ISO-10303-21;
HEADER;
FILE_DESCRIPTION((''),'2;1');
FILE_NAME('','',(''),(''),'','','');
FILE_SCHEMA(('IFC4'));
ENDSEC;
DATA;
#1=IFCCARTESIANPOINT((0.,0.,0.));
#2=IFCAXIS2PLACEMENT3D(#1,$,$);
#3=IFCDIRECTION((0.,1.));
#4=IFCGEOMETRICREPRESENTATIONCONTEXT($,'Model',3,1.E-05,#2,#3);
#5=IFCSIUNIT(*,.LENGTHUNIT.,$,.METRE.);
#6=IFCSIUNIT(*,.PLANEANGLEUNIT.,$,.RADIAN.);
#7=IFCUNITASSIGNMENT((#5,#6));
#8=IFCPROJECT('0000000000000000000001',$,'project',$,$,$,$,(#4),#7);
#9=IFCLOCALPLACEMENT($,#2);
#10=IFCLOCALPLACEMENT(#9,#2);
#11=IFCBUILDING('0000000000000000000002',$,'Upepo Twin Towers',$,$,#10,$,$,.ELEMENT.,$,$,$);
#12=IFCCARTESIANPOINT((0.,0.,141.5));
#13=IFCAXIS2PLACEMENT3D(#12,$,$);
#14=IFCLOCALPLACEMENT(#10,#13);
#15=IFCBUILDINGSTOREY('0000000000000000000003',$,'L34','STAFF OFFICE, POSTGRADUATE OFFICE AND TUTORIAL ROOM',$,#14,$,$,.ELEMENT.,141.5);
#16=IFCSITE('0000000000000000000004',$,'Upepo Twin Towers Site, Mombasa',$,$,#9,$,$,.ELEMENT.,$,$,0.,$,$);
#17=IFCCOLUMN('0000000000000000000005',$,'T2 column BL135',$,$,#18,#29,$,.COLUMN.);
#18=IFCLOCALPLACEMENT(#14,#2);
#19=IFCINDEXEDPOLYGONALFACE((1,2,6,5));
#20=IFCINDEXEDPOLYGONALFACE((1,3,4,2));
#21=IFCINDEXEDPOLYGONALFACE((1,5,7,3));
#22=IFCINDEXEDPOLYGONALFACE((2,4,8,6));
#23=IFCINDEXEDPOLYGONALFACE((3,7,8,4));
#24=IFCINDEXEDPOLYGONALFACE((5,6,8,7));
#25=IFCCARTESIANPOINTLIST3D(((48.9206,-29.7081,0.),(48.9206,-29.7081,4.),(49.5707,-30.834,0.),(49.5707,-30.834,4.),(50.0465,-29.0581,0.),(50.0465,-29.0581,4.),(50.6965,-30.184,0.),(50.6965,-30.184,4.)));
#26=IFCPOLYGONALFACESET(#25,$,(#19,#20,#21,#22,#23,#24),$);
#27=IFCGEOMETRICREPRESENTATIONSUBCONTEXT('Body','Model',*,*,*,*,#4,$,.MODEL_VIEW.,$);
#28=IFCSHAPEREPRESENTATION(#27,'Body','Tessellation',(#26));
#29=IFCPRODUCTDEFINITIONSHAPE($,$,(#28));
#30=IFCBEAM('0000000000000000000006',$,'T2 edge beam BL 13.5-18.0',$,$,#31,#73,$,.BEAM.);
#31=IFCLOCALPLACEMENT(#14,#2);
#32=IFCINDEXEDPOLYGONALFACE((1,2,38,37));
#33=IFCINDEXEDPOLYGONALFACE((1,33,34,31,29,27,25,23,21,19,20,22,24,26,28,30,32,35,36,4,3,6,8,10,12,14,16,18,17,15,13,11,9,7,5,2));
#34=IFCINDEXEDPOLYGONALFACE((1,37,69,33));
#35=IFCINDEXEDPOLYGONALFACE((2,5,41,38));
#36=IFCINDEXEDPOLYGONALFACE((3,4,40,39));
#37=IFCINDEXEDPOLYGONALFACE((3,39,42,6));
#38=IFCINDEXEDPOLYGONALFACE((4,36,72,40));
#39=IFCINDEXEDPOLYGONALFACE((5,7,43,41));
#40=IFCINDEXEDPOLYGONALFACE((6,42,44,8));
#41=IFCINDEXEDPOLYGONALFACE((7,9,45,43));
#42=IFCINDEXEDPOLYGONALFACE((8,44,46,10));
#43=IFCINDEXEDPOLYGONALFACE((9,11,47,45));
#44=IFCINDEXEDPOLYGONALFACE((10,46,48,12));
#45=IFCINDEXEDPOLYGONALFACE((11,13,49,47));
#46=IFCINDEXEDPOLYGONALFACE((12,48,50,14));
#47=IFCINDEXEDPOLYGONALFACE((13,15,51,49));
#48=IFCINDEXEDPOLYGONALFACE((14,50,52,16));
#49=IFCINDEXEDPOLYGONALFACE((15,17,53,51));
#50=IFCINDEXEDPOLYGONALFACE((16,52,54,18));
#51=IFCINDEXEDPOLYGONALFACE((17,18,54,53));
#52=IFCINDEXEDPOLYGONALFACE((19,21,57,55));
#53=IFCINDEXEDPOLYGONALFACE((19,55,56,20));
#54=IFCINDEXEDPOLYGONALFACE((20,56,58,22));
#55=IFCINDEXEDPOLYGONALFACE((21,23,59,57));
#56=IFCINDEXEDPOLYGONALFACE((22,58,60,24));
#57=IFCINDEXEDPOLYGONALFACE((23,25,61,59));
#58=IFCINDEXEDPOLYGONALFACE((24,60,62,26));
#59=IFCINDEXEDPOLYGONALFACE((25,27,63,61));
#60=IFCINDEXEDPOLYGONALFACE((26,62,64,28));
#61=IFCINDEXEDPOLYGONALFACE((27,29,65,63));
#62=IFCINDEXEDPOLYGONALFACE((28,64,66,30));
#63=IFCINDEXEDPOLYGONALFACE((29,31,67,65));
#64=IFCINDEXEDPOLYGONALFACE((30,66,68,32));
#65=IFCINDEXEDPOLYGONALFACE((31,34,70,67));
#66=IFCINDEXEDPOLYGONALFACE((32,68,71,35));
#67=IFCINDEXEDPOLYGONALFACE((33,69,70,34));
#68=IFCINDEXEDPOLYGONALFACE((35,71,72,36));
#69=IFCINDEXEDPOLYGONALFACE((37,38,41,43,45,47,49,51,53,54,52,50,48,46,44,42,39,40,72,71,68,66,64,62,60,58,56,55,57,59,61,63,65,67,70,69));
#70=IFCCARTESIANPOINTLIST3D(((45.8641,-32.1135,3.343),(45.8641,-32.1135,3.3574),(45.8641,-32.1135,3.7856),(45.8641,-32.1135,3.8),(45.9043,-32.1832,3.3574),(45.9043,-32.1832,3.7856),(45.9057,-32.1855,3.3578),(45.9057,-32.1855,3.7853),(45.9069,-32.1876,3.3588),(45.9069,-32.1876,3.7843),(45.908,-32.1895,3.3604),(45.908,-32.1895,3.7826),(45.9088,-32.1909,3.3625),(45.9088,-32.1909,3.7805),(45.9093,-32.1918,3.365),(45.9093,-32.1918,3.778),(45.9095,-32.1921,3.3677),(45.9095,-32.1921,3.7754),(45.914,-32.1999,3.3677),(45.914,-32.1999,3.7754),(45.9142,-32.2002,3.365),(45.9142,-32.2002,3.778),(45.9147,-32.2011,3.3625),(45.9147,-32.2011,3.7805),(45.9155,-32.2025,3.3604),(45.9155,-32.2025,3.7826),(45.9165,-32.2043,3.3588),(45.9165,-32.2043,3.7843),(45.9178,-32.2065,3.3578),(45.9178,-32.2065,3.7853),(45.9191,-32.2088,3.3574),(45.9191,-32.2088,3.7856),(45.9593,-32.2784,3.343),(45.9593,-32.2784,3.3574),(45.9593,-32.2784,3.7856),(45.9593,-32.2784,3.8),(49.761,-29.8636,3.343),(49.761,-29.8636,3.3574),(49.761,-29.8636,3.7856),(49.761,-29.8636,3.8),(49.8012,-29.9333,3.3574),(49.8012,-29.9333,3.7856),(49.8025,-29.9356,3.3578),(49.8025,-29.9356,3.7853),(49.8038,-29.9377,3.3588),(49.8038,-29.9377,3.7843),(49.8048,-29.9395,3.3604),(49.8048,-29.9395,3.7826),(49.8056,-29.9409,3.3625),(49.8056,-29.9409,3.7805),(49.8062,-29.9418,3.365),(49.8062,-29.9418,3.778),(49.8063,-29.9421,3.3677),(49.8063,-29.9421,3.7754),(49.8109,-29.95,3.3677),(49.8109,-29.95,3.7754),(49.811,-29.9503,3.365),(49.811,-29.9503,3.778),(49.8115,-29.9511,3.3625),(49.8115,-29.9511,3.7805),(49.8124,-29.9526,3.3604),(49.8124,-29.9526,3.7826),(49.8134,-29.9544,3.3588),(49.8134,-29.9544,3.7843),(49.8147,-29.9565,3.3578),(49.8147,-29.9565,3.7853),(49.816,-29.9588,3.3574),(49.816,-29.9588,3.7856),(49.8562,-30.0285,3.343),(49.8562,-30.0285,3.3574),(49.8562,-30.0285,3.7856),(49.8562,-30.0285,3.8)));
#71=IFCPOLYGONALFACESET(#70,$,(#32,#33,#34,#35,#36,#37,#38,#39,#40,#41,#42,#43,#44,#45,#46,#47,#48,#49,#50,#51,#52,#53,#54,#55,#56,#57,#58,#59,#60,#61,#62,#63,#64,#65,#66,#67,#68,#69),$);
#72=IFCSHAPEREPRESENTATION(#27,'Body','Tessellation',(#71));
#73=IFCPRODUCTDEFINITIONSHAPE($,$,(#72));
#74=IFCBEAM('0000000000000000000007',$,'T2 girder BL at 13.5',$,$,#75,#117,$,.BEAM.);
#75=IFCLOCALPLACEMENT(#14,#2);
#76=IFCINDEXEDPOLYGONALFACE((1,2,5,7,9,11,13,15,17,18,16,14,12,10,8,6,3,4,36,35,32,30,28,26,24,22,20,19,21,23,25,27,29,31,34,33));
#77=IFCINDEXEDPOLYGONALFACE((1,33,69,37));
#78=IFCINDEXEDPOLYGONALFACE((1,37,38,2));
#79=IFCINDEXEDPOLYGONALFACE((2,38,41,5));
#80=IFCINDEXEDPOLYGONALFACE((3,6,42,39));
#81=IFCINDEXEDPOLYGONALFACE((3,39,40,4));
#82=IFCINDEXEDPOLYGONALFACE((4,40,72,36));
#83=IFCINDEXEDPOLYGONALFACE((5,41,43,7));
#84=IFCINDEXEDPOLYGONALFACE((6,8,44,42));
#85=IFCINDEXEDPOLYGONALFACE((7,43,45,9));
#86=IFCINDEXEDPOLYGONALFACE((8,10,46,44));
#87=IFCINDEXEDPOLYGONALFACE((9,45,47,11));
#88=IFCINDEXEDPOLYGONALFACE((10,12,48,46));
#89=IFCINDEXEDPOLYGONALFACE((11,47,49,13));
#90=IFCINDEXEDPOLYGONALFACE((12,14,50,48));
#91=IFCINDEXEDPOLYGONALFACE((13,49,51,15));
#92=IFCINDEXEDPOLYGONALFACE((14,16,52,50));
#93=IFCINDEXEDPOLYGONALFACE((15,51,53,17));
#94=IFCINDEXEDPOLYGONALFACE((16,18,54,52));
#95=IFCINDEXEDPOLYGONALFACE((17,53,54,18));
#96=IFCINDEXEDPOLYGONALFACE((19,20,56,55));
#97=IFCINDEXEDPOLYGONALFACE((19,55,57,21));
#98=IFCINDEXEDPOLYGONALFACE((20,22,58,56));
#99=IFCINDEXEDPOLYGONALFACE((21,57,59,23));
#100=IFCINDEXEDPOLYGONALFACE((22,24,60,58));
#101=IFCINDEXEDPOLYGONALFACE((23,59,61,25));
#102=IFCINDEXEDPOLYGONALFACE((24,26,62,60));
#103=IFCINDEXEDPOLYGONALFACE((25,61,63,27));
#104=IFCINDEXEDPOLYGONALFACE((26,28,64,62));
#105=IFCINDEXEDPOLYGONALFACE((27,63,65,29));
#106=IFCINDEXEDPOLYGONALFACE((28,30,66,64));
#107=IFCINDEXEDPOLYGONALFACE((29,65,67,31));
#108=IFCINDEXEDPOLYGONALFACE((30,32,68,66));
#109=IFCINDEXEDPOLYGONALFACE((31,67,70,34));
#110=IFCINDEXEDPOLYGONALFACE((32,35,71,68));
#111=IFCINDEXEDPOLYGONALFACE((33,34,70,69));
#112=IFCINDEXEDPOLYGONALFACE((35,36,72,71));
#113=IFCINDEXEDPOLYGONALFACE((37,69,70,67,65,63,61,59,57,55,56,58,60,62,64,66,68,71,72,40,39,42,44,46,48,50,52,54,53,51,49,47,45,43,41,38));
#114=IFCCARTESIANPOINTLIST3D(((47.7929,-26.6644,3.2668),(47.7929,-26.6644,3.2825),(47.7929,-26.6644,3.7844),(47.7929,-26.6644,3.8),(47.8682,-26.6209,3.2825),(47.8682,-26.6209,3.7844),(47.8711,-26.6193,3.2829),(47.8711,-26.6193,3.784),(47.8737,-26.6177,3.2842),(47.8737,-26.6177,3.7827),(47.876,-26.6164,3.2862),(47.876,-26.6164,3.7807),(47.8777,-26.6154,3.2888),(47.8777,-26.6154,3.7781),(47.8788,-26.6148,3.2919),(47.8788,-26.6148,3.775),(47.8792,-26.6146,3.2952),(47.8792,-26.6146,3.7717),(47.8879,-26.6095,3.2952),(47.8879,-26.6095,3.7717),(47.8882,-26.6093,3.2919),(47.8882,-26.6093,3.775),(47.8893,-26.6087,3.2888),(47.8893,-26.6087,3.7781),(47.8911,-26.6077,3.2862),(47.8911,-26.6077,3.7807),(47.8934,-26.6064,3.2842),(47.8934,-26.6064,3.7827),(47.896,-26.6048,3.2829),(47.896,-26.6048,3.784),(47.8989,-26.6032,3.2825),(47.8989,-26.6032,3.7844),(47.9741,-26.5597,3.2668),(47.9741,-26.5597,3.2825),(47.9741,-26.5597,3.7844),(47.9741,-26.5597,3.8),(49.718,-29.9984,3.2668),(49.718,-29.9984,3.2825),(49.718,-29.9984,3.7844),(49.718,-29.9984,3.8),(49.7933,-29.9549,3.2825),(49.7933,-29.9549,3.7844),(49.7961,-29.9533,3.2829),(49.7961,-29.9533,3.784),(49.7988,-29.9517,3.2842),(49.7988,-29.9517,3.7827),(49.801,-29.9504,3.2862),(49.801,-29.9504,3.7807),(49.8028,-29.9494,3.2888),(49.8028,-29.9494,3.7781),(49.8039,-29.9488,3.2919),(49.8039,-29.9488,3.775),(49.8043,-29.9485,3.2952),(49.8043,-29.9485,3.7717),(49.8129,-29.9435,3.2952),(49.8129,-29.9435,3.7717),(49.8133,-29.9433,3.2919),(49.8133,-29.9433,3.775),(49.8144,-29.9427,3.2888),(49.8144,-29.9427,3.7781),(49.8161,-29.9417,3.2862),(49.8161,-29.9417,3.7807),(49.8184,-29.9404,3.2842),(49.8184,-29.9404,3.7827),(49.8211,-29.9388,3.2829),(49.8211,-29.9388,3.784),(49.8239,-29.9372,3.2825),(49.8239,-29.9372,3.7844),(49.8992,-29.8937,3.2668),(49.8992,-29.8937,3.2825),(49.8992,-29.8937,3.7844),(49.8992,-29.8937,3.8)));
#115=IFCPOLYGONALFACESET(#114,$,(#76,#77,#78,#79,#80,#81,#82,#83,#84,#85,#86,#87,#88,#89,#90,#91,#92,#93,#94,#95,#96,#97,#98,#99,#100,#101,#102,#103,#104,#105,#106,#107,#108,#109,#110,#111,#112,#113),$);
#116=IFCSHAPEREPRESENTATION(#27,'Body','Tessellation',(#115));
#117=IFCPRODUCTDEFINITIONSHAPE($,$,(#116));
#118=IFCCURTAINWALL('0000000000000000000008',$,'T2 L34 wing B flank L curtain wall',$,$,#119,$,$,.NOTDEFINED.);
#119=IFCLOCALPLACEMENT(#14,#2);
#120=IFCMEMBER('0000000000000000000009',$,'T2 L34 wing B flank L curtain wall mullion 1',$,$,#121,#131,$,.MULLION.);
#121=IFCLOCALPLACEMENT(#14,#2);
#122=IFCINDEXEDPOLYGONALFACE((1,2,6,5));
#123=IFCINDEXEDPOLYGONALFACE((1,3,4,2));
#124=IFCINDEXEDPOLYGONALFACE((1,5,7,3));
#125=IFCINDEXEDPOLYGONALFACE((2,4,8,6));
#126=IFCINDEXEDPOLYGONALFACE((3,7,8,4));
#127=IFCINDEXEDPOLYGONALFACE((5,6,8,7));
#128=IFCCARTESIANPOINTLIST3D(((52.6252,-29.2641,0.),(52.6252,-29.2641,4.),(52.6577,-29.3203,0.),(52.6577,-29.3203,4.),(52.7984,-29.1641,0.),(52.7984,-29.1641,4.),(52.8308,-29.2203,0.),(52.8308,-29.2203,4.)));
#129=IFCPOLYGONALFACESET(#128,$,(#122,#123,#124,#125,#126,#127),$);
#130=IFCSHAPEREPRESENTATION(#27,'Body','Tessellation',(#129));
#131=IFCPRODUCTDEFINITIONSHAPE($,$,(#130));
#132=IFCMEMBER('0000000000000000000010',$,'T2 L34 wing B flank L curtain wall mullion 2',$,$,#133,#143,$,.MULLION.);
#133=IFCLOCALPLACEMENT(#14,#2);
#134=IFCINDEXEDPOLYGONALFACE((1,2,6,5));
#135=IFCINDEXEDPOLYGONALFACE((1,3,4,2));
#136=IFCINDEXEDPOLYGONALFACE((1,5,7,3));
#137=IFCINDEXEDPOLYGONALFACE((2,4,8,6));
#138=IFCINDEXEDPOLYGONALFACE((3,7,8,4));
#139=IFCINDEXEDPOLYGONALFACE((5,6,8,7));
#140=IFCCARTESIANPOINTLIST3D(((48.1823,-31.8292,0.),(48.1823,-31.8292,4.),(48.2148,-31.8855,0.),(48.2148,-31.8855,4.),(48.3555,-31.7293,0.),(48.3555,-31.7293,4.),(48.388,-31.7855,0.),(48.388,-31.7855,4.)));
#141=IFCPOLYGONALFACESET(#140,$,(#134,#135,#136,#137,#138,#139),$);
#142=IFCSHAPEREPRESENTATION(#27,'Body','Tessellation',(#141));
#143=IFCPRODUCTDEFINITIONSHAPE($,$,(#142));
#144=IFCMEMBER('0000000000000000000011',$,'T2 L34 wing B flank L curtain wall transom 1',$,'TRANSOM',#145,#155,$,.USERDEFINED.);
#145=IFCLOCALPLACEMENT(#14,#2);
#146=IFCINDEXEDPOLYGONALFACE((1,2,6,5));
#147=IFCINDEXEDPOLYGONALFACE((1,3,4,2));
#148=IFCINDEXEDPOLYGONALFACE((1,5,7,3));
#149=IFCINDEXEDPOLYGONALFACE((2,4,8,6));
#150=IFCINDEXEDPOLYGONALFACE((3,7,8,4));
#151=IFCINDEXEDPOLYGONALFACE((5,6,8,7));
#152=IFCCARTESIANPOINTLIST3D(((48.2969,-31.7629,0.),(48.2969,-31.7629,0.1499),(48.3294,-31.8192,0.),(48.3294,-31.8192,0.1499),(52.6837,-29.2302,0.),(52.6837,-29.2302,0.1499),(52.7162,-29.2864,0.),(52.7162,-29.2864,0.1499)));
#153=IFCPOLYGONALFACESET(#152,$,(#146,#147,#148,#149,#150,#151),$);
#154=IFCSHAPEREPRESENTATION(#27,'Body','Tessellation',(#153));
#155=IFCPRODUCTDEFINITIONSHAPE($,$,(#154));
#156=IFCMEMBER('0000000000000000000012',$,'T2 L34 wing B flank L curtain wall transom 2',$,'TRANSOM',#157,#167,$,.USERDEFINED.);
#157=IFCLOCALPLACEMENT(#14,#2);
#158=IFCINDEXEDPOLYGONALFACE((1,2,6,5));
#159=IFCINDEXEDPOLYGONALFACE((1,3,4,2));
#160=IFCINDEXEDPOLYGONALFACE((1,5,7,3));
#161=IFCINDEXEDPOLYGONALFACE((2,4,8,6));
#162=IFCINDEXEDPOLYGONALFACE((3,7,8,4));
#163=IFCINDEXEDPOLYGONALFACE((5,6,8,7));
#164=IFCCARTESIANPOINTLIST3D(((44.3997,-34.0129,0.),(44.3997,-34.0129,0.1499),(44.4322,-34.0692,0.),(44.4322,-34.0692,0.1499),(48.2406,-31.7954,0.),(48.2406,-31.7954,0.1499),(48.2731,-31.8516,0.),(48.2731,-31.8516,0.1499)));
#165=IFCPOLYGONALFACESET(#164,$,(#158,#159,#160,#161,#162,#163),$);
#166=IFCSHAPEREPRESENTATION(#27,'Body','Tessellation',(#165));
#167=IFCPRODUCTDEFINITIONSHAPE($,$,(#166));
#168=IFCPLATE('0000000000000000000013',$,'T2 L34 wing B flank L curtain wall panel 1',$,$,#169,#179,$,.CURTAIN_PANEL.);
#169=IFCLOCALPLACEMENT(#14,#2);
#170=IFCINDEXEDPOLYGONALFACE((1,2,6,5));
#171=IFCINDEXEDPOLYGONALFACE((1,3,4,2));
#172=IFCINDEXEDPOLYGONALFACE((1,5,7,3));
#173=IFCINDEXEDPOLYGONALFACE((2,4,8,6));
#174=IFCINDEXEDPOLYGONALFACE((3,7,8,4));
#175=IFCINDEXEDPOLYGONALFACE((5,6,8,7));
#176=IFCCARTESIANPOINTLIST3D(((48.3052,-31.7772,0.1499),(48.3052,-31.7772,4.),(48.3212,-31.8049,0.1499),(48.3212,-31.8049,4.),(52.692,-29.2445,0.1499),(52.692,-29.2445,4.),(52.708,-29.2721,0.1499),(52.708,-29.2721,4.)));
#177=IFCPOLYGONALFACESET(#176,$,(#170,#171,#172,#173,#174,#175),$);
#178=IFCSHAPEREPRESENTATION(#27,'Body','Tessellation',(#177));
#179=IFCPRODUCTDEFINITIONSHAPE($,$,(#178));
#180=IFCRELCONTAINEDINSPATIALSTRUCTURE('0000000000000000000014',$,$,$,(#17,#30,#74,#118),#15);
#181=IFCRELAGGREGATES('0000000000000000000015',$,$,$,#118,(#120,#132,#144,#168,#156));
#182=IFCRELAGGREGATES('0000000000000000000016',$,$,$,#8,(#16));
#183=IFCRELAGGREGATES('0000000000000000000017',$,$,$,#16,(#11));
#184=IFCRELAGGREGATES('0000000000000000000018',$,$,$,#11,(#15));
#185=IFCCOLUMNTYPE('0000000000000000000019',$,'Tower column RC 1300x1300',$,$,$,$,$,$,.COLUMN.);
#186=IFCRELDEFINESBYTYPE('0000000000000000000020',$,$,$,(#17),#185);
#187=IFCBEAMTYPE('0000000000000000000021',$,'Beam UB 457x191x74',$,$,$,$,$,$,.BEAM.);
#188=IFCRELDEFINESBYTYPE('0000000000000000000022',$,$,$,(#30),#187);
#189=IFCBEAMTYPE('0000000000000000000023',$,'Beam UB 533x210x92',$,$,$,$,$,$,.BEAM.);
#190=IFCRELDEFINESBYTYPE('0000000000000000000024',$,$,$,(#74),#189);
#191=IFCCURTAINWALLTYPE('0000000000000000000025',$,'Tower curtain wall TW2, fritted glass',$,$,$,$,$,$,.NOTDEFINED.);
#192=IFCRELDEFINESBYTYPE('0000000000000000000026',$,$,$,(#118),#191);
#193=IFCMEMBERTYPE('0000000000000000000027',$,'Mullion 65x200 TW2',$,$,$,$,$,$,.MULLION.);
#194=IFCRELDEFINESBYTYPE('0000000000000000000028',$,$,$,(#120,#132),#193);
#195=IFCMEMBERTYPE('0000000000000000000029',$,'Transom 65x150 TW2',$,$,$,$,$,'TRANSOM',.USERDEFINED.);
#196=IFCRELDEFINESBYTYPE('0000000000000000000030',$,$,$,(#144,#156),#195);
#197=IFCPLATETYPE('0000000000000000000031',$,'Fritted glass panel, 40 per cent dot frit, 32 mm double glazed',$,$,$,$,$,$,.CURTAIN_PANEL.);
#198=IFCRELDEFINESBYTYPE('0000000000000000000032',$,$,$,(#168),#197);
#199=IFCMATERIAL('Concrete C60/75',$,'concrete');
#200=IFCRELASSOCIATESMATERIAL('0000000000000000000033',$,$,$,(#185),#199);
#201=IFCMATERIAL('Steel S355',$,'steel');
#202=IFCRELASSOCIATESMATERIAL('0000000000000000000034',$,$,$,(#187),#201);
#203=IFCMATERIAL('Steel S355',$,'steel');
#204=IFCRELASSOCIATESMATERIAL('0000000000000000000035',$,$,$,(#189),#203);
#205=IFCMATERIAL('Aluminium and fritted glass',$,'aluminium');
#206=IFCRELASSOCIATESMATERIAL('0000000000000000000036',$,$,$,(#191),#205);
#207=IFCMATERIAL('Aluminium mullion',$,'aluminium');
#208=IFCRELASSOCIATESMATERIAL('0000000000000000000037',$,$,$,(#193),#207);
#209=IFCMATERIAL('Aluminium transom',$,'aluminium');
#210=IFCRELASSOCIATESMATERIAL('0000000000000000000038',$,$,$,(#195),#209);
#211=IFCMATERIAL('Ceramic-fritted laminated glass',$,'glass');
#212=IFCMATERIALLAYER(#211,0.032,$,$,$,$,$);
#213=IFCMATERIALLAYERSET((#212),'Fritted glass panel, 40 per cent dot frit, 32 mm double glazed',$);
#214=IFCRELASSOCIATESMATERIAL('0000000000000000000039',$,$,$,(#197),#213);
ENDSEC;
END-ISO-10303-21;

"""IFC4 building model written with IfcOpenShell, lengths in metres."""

from ifc_helpers import new_model, si_unit, direction, frame, origin, origin_2d, place, context, subcontext, project, spatial, rectangle, i_section, extrude, material, layer, layer_set, material_profile, profile_set, type_object, element, aggregate, save


model = new_model("IFC4")

# Units and contexts
model_context = context("Model", 3, precision=1e-05, world=origin(), true_north=direction((0.0, 1.0)))
body_context = subcontext(model_context, "Body", "Model", "MODEL_VIEW")
ifc_project = project(units=[si_unit("LENGTHUNIT", "METRE"), si_unit("PLANEANGLEUNIT", "RADIAN")], contexts=[model_context])

# Site, building, storey
site_placement = place(None, origin())
site = spatial("IfcSite", under=ifc_project, at=site_placement, Name="Upepo Twin Towers Site, Mombasa", CompositionType="ELEMENT", RefElevation=0.0)
building_placement = place(site_placement, origin())
building = spatial("IfcBuilding", under=site, at=building_placement, Name="Upepo Twin Towers", CompositionType="ELEMENT")
storey_placement = place(building_placement, frame((0.0, 0.0, 141.5)))
storey = spatial("IfcBuildingStorey", under=building, at=storey_placement, Name="L34", Description="STAFF OFFICE, POSTGRADUATE OFFICE AND TUTORIAL ROOM", CompositionType="ELEMENT", Elevation=141.5)

# Column
ifc_material_1 = material(Name="Concrete C60/75", Category="concrete")
ifc_material_profile_1 = material_profile(ifc_material_1, rectangle(XDim=1.3, YDim=1.3, at=origin_2d()), Name="RC 1300x1300")
ifc_profile_set_1 = profile_set([ifc_material_profile_1], Name="Concrete C60/75")
column_type = type_object("IfcColumnType", Name="Tower column RC 1300x1300", PredefinedType="COLUMN", material=ifc_profile_set_1)
column_placement = place(storey_placement, frame((49.8086, -29.946, 0.0), z_axis=(0.0, 0.0, 1.0), x_axis=(0.866025, 0.5, 0.0)))
element("IfcColumn", 1, at=column_placement, inside=storey, type_object=column_type, Name="T2 column BL135", PredefinedType="COLUMN", context=body_context, shape_type="SweptSolid", body=[
    extrude(rectangle(XDim=1.3, YDim=1.3, at=origin_2d()), origin(), (0.0, 0.0, 1.0), 4.0),
])

# Beams
ifc_material_2 = material(Name="Steel S355", Category="steel")
ifc_material_profile_2 = material_profile(ifc_material_2, i_section(OverallWidth=0.1904, OverallDepth=0.457, WebThickness=0.009, FlangeThickness=0.0144, FilletRadius=0.0103, at=origin_2d()), Name="UB 457x191x74")
ifc_profile_set_2 = profile_set([ifc_material_profile_2], Name="Steel S355")
beam_type_1 = type_object("IfcBeamType", Name="Beam UB 457x191x74", PredefinedType="BEAM", material=ifc_profile_set_2)
beam_1_placement = place(storey_placement, frame((49.8086, -29.946, 3.5715), z_axis=(-0.866018, -0.500014, 0.0), x_axis=(0.500014, -0.866018, 0.0)))
element("IfcBeam", 2, at=beam_1_placement, inside=storey, type_object=beam_type_1, Name="T2 edge beam BL 13.5-18.0", PredefinedType="BEAM", context=body_context, shape_type="SweptSolid", body=[
    extrude(i_section(OverallWidth=0.1904, OverallDepth=0.457, WebThickness=0.009, FlangeThickness=0.0144, FilletRadius=0.0103, at=origin_2d()), origin(), (0.0, 0.0, 1.0), 4.4998),
])
ifc_material_3 = material(Name="Steel S355", Category="steel")
ifc_material_profile_3 = material_profile(ifc_material_3, i_section(OverallWidth=0.2092, OverallDepth=0.5332, WebThickness=0.01, FlangeThickness=0.0156, FilletRadius=0.0127, at=origin_2d()), Name="UB 533x210x92")
ifc_profile_set_3 = profile_set([ifc_material_profile_3], Name="Steel S355")
beam_type_2 = type_object("IfcBeamType", Name="Beam UB 533x210x92", PredefinedType="BEAM", material=ifc_profile_set_3)
beam_2_placement = place(storey_placement, frame((49.8086, -29.946, 3.5334), z_axis=(-0.500034, 0.866006, 0.0), x_axis=(-0.866006, -0.500034, 0.0)))
element("IfcBeam", 3, at=beam_2_placement, inside=storey, type_object=beam_type_2, Name="T2 girder BL at 13.5", PredefinedType="BEAM", context=body_context, shape_type="SweptSolid", body=[
    extrude(i_section(OverallWidth=0.2092, OverallDepth=0.5332, WebThickness=0.01, FlangeThickness=0.0156, FilletRadius=0.0127, at=origin_2d()), origin(), (0.0, 0.0, 1.0), 3.8499),
])

# Curtain wall, members, plate
ifc_material_4 = material(Name="Aluminium and fritted glass", Category="aluminium")
curtain_wall_type = type_object("IfcCurtainWallType", Name="Tower curtain wall TW2, fritted glass", PredefinedType="NOTDEFINED", material=ifc_material_4)
curtain_wall_placement = place(storey_placement, origin())
curtain_wall = element("IfcCurtainWall", 4, at=curtain_wall_placement, inside=storey, type_object=curtain_wall_type, Name="T2 L34 wing B flank L curtain wall", PredefinedType="NOTDEFINED")
ifc_material_5 = material(Name="Aluminium mullion", Category="aluminium")
ifc_material_profile_4 = material_profile(ifc_material_5, rectangle(XDim=0.0649, YDim=0.2, at=origin_2d()), Name="MULLION 65x200")
ifc_profile_set_4 = profile_set([ifc_material_profile_4], Name="Aluminium mullion")
member_type_1 = type_object("IfcMemberType", Name="Mullion 65x200 TW2", PredefinedType="MULLION", material=ifc_profile_set_4)
member_1_placement = place(storey_placement, frame((52.728, -29.2422, 0.0), z_axis=(0.0, 0.0, 1.0), x_axis=(0.5, -0.866025, 0.0)))
member_1 = element("IfcMember", 5, at=member_1_placement, type_object=member_type_1, Name="T2 L34 wing B flank L curtain wall mullion 1", PredefinedType="MULLION", context=body_context, shape_type="SweptSolid", body=[
    extrude(rectangle(XDim=0.0649, YDim=0.2, at=origin_2d()), origin(), (0.0, 0.0, 1.0), 4.0),
])
member_2_placement = place(storey_placement, frame((48.2852, -31.8074, 0.0), z_axis=(0.0, 0.0, 1.0), x_axis=(0.5, -0.866025, 0.0)))
member_2 = element("IfcMember", 6, at=member_2_placement, type_object=member_type_1, Name="T2 L34 wing B flank L curtain wall mullion 2", PredefinedType="MULLION", context=body_context, shape_type="SweptSolid", body=[
    extrude(rectangle(XDim=0.0649, YDim=0.2, at=origin_2d()), origin(), (0.0, 0.0, 1.0), 4.0),
])
ifc_material_6 = material(Name="Aluminium transom", Category="aluminium")
ifc_material_profile_5 = material_profile(ifc_material_6, rectangle(XDim=0.0649, YDim=0.1499, at=origin_2d()), Name="TRANSOM 65x150")
ifc_profile_set_5 = profile_set([ifc_material_profile_5], Name="Aluminium transom")
member_type_2 = type_object("IfcMemberType", Name="Transom 65x150 TW2", ElementType="TRANSOM", PredefinedType="USERDEFINED", material=ifc_profile_set_5)
member_3_placement = place(storey_placement, frame((52.7, -29.2583, 0.075), z_axis=(-0.866022, -0.500006, 0.0), x_axis=(0.500006, -0.866022, 0.0)))
member_3 = element("IfcMember", 7, at=member_3_placement, type_object=member_type_2, Name="T2 L34 wing B flank L curtain wall transom 1", ObjectType="TRANSOM", PredefinedType="USERDEFINED", context=body_context, shape_type="SweptSolid", body=[
    extrude(rectangle(XDim=0.0649, YDim=0.1499, at=origin_2d()), origin(), (0.0, 0.0, 1.0), 5.0654),
])
member_4_placement = place(storey_placement, frame((48.2568, -31.8235, 0.075), z_axis=(-0.866022, -0.500005, 0.0), x_axis=(0.500005, -0.866022, 0.0)))
member_4 = element("IfcMember", 8, at=member_4_placement, type_object=member_type_2, Name="T2 L34 wing B flank L curtain wall transom 2", ObjectType="TRANSOM", PredefinedType="USERDEFINED", context=body_context, shape_type="SweptSolid", body=[
    extrude(rectangle(XDim=0.0649, YDim=0.1499, at=origin_2d()), origin(), (0.0, 0.0, 1.0), 4.4351),
])
ifc_material_7 = material(Name="Ceramic-fritted laminated glass", Category="glass")
ifc_layer_1 = layer(ifc_material_7, 0.032)
ifc_layer_set_1 = layer_set([ifc_layer_1], Name="Fritted glass panel, 40 per cent dot frit, 32 mm double glazed")
plate_type = type_object("IfcPlateType", Name="Fritted glass panel, 40 per cent dot frit, 32 mm double glazed", PredefinedType="CURTAIN_PANEL", material=ifc_layer_set_1)
plate_1_placement = place(storey_placement, frame((50.5066, -30.5247, 0.1499), z_axis=(0.0, 0.0, 1.0), x_axis=(-0.866025, -0.5, 0.0)))
plate_1 = element("IfcPlate", 9, at=plate_1_placement, type_object=plate_type, Name="T2 L34 wing B flank L curtain wall panel 1", PredefinedType="CURTAIN_PANEL", context=body_context, shape_type="SweptSolid", body=[
    extrude(rectangle(XDim=5.0654, YDim=0.032, at=origin_2d()), origin(), (0.0, 0.0, 1.0), 3.8501),
])
aggregate(curtain_wall, [member_1, member_2, member_3, plate_1, member_4])

save(model, "model.ifc")
